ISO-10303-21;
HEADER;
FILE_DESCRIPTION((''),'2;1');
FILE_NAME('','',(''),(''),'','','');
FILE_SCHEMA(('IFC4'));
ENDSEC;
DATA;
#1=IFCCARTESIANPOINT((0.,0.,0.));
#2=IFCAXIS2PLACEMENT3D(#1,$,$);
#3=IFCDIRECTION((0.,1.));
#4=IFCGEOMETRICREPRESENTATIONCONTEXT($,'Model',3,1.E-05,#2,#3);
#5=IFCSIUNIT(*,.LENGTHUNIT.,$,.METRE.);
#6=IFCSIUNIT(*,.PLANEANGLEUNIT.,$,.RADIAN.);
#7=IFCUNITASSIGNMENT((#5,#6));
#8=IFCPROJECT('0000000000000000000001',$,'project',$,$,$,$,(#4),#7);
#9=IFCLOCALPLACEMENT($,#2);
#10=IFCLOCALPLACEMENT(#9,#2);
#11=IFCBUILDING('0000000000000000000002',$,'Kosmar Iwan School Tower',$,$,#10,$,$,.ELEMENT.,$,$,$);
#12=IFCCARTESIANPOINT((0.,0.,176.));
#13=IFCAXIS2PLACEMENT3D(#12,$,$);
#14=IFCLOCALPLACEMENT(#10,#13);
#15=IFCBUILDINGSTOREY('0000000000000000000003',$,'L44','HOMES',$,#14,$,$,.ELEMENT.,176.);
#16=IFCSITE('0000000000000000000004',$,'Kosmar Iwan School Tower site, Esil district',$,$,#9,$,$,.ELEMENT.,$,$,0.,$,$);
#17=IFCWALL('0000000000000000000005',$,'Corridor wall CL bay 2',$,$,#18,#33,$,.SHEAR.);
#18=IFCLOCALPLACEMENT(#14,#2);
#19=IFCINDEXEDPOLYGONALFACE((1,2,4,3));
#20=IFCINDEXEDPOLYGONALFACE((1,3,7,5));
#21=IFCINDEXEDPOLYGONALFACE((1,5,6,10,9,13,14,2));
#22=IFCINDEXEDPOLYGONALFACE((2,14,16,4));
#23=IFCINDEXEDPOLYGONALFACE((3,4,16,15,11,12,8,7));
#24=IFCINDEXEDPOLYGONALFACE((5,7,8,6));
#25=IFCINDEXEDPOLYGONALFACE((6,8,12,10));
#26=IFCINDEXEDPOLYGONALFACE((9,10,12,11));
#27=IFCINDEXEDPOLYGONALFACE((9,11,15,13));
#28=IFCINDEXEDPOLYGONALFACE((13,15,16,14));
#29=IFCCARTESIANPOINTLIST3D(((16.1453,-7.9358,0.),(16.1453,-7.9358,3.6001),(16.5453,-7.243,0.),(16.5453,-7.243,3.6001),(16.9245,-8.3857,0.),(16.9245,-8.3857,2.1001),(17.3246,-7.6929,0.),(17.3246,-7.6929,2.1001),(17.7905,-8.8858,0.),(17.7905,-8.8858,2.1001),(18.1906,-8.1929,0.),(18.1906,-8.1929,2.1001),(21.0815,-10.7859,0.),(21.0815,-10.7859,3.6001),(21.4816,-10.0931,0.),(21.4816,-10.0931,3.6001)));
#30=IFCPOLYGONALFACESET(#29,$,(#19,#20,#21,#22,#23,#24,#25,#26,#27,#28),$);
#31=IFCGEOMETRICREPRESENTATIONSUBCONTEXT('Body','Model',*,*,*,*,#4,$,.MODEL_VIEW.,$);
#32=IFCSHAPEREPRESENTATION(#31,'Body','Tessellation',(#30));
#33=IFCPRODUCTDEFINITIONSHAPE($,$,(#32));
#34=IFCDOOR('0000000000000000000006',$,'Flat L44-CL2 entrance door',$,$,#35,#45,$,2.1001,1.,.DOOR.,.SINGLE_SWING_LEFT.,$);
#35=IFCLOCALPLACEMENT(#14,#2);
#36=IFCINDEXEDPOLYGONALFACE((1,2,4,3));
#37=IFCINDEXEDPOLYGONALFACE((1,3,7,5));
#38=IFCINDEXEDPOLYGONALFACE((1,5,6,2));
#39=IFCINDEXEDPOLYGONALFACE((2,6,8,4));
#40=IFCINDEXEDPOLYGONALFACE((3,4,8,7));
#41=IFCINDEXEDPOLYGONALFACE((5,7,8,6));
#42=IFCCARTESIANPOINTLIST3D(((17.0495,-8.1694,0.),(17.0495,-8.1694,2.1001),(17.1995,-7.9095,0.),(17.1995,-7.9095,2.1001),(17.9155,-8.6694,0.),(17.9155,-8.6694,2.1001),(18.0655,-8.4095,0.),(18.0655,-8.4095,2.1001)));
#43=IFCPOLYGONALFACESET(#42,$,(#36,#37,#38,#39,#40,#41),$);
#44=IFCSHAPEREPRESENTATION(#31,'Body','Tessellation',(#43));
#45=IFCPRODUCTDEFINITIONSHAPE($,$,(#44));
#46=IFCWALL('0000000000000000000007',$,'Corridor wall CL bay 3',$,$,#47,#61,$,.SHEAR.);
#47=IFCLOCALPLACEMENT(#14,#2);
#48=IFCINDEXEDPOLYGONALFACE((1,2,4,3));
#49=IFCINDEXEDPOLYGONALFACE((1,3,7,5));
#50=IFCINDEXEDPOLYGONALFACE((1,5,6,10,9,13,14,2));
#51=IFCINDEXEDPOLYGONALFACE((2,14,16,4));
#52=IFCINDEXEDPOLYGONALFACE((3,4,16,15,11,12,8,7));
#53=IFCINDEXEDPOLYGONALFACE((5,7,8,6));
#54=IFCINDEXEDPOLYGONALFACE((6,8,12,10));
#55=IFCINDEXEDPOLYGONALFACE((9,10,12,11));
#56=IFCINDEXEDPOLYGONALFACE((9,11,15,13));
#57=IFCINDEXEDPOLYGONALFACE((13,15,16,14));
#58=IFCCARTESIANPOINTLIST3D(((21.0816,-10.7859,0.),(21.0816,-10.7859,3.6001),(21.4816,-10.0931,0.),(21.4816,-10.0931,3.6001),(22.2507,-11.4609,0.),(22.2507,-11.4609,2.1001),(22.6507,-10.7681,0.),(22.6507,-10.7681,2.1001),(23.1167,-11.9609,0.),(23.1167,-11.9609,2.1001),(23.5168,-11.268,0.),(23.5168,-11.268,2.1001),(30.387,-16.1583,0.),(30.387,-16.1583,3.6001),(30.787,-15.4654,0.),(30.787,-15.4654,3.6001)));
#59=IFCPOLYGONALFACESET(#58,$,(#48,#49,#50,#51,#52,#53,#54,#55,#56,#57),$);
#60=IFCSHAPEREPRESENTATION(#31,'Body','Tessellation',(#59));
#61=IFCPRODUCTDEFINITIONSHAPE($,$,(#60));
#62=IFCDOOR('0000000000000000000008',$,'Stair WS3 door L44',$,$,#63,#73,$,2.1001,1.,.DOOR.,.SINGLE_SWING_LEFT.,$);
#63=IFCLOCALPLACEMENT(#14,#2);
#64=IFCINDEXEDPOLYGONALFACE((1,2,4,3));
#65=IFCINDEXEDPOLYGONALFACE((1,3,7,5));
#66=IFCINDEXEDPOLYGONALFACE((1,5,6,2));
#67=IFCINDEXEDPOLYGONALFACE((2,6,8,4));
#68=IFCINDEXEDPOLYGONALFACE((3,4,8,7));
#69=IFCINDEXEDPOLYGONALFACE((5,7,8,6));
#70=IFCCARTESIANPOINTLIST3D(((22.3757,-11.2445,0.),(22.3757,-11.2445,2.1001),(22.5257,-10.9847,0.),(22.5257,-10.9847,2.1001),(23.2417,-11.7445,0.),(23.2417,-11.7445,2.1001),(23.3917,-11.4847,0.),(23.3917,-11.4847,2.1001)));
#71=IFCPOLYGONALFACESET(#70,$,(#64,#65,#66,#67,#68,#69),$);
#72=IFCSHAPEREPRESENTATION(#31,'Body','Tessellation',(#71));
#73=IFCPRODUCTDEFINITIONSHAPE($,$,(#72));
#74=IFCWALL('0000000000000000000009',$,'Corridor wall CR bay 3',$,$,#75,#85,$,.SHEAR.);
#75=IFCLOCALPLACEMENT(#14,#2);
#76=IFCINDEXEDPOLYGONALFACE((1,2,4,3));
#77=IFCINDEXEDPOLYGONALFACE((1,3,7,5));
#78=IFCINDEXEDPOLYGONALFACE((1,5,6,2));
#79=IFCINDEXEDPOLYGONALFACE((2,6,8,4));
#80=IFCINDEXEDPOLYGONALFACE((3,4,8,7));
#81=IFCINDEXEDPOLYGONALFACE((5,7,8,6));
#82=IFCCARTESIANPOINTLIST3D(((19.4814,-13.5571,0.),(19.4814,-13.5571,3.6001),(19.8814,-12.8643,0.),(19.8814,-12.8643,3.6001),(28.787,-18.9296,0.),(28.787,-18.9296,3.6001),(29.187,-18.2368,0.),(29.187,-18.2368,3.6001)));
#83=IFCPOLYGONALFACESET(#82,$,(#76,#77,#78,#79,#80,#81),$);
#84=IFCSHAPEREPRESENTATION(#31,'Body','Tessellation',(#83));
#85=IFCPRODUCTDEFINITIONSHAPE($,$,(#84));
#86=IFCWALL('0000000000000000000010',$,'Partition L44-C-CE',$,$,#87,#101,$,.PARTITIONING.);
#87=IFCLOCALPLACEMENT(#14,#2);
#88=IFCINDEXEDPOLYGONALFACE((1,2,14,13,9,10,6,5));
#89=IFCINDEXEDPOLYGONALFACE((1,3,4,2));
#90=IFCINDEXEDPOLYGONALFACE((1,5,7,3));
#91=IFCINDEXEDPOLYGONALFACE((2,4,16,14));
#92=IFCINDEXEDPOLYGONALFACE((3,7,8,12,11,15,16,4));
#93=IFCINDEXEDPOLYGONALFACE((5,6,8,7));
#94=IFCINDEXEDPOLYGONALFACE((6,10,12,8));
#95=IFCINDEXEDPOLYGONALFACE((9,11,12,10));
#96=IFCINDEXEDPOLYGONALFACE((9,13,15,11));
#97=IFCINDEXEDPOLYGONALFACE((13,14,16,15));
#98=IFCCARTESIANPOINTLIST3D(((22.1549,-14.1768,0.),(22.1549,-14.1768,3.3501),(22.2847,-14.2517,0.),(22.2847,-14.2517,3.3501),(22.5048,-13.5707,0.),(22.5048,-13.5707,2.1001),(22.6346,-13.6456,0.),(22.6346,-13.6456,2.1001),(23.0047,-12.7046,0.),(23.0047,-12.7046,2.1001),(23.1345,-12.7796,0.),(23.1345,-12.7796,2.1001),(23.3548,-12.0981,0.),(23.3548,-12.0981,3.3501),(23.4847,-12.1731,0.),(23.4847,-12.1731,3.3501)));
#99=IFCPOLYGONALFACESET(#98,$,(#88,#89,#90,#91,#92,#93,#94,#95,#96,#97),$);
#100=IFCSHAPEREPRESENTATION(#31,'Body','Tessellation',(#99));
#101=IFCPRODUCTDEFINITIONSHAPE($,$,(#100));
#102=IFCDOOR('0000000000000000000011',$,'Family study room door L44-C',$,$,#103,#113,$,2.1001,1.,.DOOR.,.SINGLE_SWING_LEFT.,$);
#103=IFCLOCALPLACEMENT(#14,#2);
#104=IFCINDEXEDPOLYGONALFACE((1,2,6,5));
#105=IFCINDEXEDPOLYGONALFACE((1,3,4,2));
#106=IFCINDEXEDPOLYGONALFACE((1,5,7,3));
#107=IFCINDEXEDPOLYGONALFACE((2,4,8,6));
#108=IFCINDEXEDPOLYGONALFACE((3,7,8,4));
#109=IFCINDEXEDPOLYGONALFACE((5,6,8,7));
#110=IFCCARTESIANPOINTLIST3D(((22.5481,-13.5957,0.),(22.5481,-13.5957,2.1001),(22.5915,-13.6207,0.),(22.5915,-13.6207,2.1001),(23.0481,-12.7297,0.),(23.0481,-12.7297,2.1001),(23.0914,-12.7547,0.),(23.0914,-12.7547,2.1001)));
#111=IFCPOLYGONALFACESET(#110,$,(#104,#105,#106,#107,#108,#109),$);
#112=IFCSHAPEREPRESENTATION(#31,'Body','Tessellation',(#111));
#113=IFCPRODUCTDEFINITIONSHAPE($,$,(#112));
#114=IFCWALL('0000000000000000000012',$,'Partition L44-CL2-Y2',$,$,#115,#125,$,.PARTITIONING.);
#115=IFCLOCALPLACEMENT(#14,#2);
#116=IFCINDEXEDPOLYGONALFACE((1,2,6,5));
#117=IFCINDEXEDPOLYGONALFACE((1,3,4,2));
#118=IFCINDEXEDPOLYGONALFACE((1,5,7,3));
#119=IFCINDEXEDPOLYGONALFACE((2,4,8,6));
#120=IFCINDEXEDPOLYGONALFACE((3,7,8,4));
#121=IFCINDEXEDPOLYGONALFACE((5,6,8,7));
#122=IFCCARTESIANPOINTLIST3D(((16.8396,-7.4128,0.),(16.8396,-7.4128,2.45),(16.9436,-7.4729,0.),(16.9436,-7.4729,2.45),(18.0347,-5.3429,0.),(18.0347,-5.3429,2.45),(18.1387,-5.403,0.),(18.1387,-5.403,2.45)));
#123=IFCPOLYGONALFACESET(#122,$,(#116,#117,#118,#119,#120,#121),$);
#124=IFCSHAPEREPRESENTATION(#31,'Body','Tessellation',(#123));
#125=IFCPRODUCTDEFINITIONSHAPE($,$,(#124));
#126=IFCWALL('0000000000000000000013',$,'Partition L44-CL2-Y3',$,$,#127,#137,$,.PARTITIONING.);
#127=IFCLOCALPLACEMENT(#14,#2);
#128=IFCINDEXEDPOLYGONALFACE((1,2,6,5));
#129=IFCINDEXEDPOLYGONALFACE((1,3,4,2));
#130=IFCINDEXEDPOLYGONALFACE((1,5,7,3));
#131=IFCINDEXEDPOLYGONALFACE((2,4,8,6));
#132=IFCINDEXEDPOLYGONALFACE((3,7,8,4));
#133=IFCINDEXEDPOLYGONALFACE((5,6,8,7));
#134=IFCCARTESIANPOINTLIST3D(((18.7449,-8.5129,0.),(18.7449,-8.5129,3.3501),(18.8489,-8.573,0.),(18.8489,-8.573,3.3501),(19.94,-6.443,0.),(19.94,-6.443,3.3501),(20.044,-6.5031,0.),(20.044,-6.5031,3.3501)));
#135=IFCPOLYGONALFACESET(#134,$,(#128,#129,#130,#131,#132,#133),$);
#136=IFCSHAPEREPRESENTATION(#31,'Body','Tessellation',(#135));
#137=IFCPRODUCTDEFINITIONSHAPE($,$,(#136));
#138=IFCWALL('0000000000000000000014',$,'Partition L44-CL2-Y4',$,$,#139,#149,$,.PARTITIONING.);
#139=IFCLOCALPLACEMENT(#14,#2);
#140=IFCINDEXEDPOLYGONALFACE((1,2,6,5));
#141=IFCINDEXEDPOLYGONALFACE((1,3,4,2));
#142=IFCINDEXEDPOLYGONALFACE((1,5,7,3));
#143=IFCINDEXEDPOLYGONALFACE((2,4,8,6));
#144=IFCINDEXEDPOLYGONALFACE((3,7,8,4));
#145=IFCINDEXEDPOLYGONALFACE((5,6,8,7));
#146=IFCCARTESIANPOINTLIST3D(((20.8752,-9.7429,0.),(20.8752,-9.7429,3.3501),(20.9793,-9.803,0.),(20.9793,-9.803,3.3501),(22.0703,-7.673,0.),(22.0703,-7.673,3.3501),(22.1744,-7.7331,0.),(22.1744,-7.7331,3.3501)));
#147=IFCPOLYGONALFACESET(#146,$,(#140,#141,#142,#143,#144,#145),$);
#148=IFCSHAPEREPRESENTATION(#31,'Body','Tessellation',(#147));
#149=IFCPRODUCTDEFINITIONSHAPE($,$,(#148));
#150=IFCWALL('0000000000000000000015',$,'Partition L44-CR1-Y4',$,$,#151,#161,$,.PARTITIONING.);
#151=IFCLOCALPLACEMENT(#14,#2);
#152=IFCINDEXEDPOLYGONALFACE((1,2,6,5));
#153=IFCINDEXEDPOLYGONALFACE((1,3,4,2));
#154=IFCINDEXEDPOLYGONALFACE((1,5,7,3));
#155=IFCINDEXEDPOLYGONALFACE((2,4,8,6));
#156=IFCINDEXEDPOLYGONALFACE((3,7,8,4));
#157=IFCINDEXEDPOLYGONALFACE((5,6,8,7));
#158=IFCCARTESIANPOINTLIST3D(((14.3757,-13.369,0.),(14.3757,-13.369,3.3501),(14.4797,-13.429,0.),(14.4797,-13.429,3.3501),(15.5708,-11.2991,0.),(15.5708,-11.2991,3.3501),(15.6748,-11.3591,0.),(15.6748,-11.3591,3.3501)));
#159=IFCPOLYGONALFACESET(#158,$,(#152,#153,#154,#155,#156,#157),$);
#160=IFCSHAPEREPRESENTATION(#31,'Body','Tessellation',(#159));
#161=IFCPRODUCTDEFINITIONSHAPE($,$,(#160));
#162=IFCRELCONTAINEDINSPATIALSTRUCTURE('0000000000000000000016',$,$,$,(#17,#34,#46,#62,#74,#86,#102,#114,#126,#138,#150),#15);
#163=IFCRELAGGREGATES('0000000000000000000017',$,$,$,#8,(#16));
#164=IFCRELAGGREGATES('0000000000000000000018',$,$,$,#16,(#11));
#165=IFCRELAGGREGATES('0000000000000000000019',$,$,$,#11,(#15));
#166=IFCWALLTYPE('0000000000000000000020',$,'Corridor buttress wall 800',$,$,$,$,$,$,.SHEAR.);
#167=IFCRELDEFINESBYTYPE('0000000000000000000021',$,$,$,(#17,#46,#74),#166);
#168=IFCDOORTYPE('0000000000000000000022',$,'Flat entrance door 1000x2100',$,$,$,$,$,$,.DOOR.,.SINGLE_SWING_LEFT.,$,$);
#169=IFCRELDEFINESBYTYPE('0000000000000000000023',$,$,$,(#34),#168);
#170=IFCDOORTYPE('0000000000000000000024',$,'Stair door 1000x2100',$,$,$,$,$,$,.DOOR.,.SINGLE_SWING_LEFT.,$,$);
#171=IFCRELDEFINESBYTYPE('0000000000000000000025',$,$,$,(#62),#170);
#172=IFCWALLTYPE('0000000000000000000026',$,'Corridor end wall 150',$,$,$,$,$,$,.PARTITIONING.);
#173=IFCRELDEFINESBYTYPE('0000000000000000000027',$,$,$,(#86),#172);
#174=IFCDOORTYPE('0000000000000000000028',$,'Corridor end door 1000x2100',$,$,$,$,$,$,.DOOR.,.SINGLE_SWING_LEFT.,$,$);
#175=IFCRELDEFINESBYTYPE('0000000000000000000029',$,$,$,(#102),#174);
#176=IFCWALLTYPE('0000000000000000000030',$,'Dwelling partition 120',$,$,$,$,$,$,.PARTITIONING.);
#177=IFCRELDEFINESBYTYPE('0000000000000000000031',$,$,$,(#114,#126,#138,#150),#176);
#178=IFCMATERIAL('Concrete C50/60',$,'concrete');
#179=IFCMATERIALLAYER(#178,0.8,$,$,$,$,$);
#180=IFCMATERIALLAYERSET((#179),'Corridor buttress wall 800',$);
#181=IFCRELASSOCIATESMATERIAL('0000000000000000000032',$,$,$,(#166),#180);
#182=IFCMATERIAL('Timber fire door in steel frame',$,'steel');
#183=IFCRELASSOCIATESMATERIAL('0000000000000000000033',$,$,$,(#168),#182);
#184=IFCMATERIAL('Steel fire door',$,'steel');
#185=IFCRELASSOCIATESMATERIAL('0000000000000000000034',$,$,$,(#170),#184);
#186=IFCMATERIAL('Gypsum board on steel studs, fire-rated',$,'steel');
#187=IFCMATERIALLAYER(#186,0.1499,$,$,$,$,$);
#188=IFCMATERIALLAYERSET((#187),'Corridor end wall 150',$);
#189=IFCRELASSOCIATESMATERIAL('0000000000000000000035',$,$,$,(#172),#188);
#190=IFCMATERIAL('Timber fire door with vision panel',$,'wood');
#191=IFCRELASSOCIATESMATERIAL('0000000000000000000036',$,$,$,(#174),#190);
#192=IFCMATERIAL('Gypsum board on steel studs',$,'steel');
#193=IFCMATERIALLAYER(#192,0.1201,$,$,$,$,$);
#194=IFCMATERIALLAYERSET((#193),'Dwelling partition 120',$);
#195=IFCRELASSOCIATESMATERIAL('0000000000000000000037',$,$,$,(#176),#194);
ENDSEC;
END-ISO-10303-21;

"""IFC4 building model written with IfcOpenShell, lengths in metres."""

from ifc_helpers import new_model, si_unit, direction, frame, frame_2d, origin, place, context, subcontext, project, spatial, rectangle, extrude, material, layer, layer_set, type_object, element, fill, save


model = new_model("IFC4")

# Units and contexts
model_context = context("Model", 3, precision=1e-05, world=origin(), true_north=direction((0.0, 1.0)))
body_context = subcontext(model_context, "Body", "Model", "MODEL_VIEW")
ifc_project = project(units=[si_unit("LENGTHUNIT", "METRE"), si_unit("PLANEANGLEUNIT", "RADIAN")], contexts=[model_context])

# Site, building, storey
site_placement = place(None, origin())
site = spatial("IfcSite", under=ifc_project, at=site_placement, Name="Kosmar Iwan School Tower site, Esil district", CompositionType="ELEMENT", RefElevation=0.0)
building_placement = place(site_placement, origin())
building = spatial("IfcBuilding", under=site, at=building_placement, Name="Kosmar Iwan School Tower", CompositionType="ELEMENT")
storey_placement = place(building_placement, frame((0.0, 0.0, 176.0)))
storey = spatial("IfcBuildingStorey", under=building, at=storey_placement, Name="L44", Description="HOMES", CompositionType="ELEMENT", Elevation=176.0)

# Walls, openings, doors
ifc_material_1 = material(Name="Concrete C50/60", Category="concrete")
ifc_layer_1 = layer(ifc_material_1, 0.8)
ifc_layer_set_1 = layer_set([ifc_layer_1], Name="Corridor buttress wall 800")
wall_type_1 = type_object("IfcWallType", Name="Corridor buttress wall 800", PredefinedType="SHEAR", material=ifc_layer_set_1)
wall_1_placement = place(storey_placement, frame((16.3452, -7.5894, 0.0), z_axis=(0.0, 0.0, 1.0), x_axis=(0.866015, -0.500018, 0.0)))
wall_1 = element("IfcWall", 1, at=wall_1_placement, inside=storey, type_object=wall_type_1, Name="Corridor wall CL bay 2", PredefinedType="SHEAR", context=body_context, shape_type="SweptSolid", body=[
    extrude(rectangle(XDim=5.7, YDim=0.8, at=frame_2d((2.8501, 0.0))), origin(), (0.0, 0.0, 1.0), 3.6001),
])
opening_1_placement = place(wall_1_placement, frame((0.8999, 0.0, 0.0)))
opening_1 = element("IfcOpeningElement", 2, at=opening_1_placement, cuts=wall_1, PredefinedType="OPENING", context=body_context, shape_type="SweptSolid", body=[
    extrude(rectangle(XDim=1.0, YDim=2.1001, at=frame_2d((0.5, 1.05))), frame((0.0, 0.4121, 0.0), z_axis=(0.0, -1.0, 0.0), x_axis=(1.0, 0.0, 0.0)), (0.0, 0.0, 1.0), 0.824),
])
ifc_material_2 = material(Name="Timber fire door in steel frame", Category="steel")
door_type_1 = type_object("IfcDoorType", Name="Flat entrance door 1000x2100", OperationType="SINGLE_SWING_LEFT", PredefinedType="DOOR", material=ifc_material_2)
door_1_placement = place(opening_1_placement, origin())
door_1 = element("IfcDoor", 3, at=door_1_placement, inside=storey, type_object=door_type_1, Name="Flat L44-CL2 entrance door", OperationType="SINGLE_SWING_LEFT", OverallHeight=2.1001, OverallWidth=1.0, PredefinedType="DOOR", context=body_context, shape_type="SweptSolid", body=[
    extrude(rectangle(XDim=1.0, YDim=2.1001, at=frame_2d((0.5, 1.05))), frame((0.0, 0.1499, 0.0), z_axis=(0.0, -1.0, 0.0), x_axis=(1.0, 0.0, 0.0)), (0.0, 0.0, 1.0), 0.3),
])
fill(opening_1, door_1)
wall_2_placement = place(storey_placement, frame((21.2815, -10.4395, 0.0), z_axis=(0.0, 0.0, 1.0), x_axis=(0.866032, -0.499988, 0.0)))
wall_2 = element("IfcWall", 4, at=wall_2_placement, inside=storey, type_object=wall_type_1, Name="Corridor wall CL bay 3", PredefinedType="SHEAR", context=body_context, shape_type="SweptSolid", body=[
    extrude(rectangle(XDim=10.7449, YDim=0.8, at=frame_2d((5.3726, 0.0))), origin(), (0.0, 0.0, 1.0), 3.6001),
])
opening_2_placement = place(wall_2_placement, frame((1.3501, 0.0, 0.0)))
opening_2 = element("IfcOpeningElement", 5, at=opening_2_placement, cuts=wall_2, PredefinedType="OPENING", context=body_context, shape_type="SweptSolid", body=[
    extrude(rectangle(XDim=1.0, YDim=2.1001, at=frame_2d((0.5, 1.05))), frame((0.0, 0.4121, 0.0), z_axis=(0.0, -1.0, 0.0), x_axis=(1.0, 0.0, 0.0)), (0.0, 0.0, 1.0), 0.824),
])
ifc_material_3 = material(Name="Steel fire door", Category="steel")
door_type_2 = type_object("IfcDoorType", Name="Stair door 1000x2100", OperationType="SINGLE_SWING_LEFT", PredefinedType="DOOR", material=ifc_material_3)
door_2_placement = place(opening_2_placement, origin())
door_2 = element("IfcDoor", 6, at=door_2_placement, inside=storey, type_object=door_type_2, Name="Stair WS3 door L44", OperationType="SINGLE_SWING_LEFT", OverallHeight=2.1001, OverallWidth=1.0, PredefinedType="DOOR", context=body_context, shape_type="SweptSolid", body=[
    extrude(rectangle(XDim=1.0, YDim=2.1001, at=frame_2d((0.5, 1.05))), frame((0.0, 0.1499, 0.0), z_axis=(0.0, -1.0, 0.0), x_axis=(1.0, 0.0, 0.0)), (0.0, 0.0, 1.0), 0.3),
])
fill(opening_2, door_2)

# Wall
wall_3_placement = place(storey_placement, frame((19.6814, -13.2107, 0.0), z_axis=(0.0, 0.0, 1.0), x_axis=(0.866028, -0.499995, 0.0)))
element("IfcWall", 7, at=wall_3_placement, inside=storey, type_object=wall_type_1, Name="Corridor wall CR bay 3", PredefinedType="SHEAR", context=body_context, shape_type="SweptSolid", body=[
    extrude(rectangle(XDim=10.7451, YDim=0.8, at=frame_2d((5.3726, 0.0))), origin(), (0.0, 0.0, 1.0), 3.6001),
])

# Wall, opening, door
ifc_material_4 = material(Name="Gypsum board on steel studs, fire-rated", Category="steel")
ifc_layer_2 = layer(ifc_material_4, 0.1499)
ifc_layer_set_2 = layer_set([ifc_layer_2], Name="Corridor end wall 150")
wall_type_2 = type_object("IfcWallType", Name="Corridor end wall 150", PredefinedType="PARTITIONING", material=ifc_layer_set_2)
wall_4_placement = place(storey_placement, frame((22.2197, -14.2144, 0.0), z_axis=(0.0, 0.0, 1.0), x_axis=(0.499957, 0.86605, 0.0)))
wall_4 = element("IfcWall", 8, at=wall_4_placement, inside=storey, type_object=wall_type_2, Name="Partition L44-C-CE", PredefinedType="PARTITIONING", context=body_context, shape_type="SweptSolid", body=[
    extrude(rectangle(XDim=2.4001, YDim=0.1499, at=frame_2d((1.2002, 0.0))), origin(), (0.0, 0.0, 1.0), 3.3501),
])
opening_3_placement = place(wall_4_placement, frame((0.7, 0.0, 0.0)))
opening_3 = element("IfcOpeningElement", 9, at=opening_3_placement, cuts=wall_4, PredefinedType="OPENING", context=body_context, shape_type="SweptSolid", body=[
    extrude(rectangle(XDim=1.0, YDim=2.1001, at=frame_2d((0.5, 1.05))), frame((0.0, 0.0869, 0.0), z_axis=(0.0, -1.0, 0.0), x_axis=(1.0, 0.0, 0.0)), (0.0, 0.0, 1.0), 0.1738),
])
ifc_material_5 = material(Name="Timber fire door with vision panel", Category="wood")
door_type_3 = type_object("IfcDoorType", Name="Corridor end door 1000x2100", OperationType="SINGLE_SWING_LEFT", PredefinedType="DOOR", material=ifc_material_5)
door_3_placement = place(opening_3_placement, origin())
door_3 = element("IfcDoor", 10, at=door_3_placement, inside=storey, type_object=door_type_3, Name="Family study room door L44-C", OperationType="SINGLE_SWING_LEFT", OverallHeight=2.1001, OverallWidth=1.0, PredefinedType="DOOR", context=body_context, shape_type="SweptSolid", body=[
    extrude(rectangle(XDim=1.0, YDim=2.1001, at=frame_2d((0.5, 1.05))), frame((0.0, 0.0249, 0.0), z_axis=(0.0, -1.0, 0.0), x_axis=(1.0, 0.0, 0.0)), (0.0, 0.0, 1.0), 0.05),
])
fill(opening_3, door_3)

# Walls
ifc_material_6 = material(Name="Gypsum board on steel studs", Category="steel")
ifc_layer_3 = layer(ifc_material_6, 0.1201)
ifc_layer_set_3 = layer_set([ifc_layer_3], Name="Dwelling partition 120")
wall_type_3 = type_object("IfcWallType", Name="Dwelling partition 120", PredefinedType="PARTITIONING", material=ifc_layer_set_3)
wall_5_placement = place(storey_placement, frame((16.8916, -7.4429, 0.0), z_axis=(0.0, 0.0, 1.0), x_axis=(0.500017, 0.866015, 0.0)))
element("IfcWall", 11, at=wall_5_placement, inside=storey, type_object=wall_type_3, Name="Partition L44-CL2-Y2", PredefinedType="PARTITIONING", context=body_context, shape_type="SweptSolid", body=[
    extrude(rectangle(XDim=2.3901, YDim=0.1201, at=frame_2d((1.1951, 0.0))), origin(), (0.0, 0.0, 1.0), 2.45),
])
for number, where, z_axis, x_axis, name in (
    (12, (18.7969, -8.543, 0.0), (0.0, 0.0, 1.0), (0.500017, 0.866015, 0.0), "Partition L44-CL2-Y3"),
    (13, (20.9272, -9.7729, 0.0), (0.0, 0.0, 1.0), (0.500017, 0.866015, 0.0), "Partition L44-CL2-Y4"),
    (14, (15.6228, -11.3291, 0.0), (0.0, 0.0, 1.0), (-0.500017, -0.866015, 0.0), "Partition L44-CR1-Y4"),
):
    element("IfcWall", number, at=place(storey_placement, frame(where, z_axis=z_axis, x_axis=x_axis)), inside=storey, type_object=wall_type_3, Name=name, PredefinedType="PARTITIONING", context=body_context, shape_type="SweptSolid", body=[
        extrude(rectangle(XDim=2.3901, YDim=0.1201, at=frame_2d((1.1951, 0.0))), origin(), (0.0, 0.0, 1.0), 3.3501),
    ])

save(model, "model.ifc")
